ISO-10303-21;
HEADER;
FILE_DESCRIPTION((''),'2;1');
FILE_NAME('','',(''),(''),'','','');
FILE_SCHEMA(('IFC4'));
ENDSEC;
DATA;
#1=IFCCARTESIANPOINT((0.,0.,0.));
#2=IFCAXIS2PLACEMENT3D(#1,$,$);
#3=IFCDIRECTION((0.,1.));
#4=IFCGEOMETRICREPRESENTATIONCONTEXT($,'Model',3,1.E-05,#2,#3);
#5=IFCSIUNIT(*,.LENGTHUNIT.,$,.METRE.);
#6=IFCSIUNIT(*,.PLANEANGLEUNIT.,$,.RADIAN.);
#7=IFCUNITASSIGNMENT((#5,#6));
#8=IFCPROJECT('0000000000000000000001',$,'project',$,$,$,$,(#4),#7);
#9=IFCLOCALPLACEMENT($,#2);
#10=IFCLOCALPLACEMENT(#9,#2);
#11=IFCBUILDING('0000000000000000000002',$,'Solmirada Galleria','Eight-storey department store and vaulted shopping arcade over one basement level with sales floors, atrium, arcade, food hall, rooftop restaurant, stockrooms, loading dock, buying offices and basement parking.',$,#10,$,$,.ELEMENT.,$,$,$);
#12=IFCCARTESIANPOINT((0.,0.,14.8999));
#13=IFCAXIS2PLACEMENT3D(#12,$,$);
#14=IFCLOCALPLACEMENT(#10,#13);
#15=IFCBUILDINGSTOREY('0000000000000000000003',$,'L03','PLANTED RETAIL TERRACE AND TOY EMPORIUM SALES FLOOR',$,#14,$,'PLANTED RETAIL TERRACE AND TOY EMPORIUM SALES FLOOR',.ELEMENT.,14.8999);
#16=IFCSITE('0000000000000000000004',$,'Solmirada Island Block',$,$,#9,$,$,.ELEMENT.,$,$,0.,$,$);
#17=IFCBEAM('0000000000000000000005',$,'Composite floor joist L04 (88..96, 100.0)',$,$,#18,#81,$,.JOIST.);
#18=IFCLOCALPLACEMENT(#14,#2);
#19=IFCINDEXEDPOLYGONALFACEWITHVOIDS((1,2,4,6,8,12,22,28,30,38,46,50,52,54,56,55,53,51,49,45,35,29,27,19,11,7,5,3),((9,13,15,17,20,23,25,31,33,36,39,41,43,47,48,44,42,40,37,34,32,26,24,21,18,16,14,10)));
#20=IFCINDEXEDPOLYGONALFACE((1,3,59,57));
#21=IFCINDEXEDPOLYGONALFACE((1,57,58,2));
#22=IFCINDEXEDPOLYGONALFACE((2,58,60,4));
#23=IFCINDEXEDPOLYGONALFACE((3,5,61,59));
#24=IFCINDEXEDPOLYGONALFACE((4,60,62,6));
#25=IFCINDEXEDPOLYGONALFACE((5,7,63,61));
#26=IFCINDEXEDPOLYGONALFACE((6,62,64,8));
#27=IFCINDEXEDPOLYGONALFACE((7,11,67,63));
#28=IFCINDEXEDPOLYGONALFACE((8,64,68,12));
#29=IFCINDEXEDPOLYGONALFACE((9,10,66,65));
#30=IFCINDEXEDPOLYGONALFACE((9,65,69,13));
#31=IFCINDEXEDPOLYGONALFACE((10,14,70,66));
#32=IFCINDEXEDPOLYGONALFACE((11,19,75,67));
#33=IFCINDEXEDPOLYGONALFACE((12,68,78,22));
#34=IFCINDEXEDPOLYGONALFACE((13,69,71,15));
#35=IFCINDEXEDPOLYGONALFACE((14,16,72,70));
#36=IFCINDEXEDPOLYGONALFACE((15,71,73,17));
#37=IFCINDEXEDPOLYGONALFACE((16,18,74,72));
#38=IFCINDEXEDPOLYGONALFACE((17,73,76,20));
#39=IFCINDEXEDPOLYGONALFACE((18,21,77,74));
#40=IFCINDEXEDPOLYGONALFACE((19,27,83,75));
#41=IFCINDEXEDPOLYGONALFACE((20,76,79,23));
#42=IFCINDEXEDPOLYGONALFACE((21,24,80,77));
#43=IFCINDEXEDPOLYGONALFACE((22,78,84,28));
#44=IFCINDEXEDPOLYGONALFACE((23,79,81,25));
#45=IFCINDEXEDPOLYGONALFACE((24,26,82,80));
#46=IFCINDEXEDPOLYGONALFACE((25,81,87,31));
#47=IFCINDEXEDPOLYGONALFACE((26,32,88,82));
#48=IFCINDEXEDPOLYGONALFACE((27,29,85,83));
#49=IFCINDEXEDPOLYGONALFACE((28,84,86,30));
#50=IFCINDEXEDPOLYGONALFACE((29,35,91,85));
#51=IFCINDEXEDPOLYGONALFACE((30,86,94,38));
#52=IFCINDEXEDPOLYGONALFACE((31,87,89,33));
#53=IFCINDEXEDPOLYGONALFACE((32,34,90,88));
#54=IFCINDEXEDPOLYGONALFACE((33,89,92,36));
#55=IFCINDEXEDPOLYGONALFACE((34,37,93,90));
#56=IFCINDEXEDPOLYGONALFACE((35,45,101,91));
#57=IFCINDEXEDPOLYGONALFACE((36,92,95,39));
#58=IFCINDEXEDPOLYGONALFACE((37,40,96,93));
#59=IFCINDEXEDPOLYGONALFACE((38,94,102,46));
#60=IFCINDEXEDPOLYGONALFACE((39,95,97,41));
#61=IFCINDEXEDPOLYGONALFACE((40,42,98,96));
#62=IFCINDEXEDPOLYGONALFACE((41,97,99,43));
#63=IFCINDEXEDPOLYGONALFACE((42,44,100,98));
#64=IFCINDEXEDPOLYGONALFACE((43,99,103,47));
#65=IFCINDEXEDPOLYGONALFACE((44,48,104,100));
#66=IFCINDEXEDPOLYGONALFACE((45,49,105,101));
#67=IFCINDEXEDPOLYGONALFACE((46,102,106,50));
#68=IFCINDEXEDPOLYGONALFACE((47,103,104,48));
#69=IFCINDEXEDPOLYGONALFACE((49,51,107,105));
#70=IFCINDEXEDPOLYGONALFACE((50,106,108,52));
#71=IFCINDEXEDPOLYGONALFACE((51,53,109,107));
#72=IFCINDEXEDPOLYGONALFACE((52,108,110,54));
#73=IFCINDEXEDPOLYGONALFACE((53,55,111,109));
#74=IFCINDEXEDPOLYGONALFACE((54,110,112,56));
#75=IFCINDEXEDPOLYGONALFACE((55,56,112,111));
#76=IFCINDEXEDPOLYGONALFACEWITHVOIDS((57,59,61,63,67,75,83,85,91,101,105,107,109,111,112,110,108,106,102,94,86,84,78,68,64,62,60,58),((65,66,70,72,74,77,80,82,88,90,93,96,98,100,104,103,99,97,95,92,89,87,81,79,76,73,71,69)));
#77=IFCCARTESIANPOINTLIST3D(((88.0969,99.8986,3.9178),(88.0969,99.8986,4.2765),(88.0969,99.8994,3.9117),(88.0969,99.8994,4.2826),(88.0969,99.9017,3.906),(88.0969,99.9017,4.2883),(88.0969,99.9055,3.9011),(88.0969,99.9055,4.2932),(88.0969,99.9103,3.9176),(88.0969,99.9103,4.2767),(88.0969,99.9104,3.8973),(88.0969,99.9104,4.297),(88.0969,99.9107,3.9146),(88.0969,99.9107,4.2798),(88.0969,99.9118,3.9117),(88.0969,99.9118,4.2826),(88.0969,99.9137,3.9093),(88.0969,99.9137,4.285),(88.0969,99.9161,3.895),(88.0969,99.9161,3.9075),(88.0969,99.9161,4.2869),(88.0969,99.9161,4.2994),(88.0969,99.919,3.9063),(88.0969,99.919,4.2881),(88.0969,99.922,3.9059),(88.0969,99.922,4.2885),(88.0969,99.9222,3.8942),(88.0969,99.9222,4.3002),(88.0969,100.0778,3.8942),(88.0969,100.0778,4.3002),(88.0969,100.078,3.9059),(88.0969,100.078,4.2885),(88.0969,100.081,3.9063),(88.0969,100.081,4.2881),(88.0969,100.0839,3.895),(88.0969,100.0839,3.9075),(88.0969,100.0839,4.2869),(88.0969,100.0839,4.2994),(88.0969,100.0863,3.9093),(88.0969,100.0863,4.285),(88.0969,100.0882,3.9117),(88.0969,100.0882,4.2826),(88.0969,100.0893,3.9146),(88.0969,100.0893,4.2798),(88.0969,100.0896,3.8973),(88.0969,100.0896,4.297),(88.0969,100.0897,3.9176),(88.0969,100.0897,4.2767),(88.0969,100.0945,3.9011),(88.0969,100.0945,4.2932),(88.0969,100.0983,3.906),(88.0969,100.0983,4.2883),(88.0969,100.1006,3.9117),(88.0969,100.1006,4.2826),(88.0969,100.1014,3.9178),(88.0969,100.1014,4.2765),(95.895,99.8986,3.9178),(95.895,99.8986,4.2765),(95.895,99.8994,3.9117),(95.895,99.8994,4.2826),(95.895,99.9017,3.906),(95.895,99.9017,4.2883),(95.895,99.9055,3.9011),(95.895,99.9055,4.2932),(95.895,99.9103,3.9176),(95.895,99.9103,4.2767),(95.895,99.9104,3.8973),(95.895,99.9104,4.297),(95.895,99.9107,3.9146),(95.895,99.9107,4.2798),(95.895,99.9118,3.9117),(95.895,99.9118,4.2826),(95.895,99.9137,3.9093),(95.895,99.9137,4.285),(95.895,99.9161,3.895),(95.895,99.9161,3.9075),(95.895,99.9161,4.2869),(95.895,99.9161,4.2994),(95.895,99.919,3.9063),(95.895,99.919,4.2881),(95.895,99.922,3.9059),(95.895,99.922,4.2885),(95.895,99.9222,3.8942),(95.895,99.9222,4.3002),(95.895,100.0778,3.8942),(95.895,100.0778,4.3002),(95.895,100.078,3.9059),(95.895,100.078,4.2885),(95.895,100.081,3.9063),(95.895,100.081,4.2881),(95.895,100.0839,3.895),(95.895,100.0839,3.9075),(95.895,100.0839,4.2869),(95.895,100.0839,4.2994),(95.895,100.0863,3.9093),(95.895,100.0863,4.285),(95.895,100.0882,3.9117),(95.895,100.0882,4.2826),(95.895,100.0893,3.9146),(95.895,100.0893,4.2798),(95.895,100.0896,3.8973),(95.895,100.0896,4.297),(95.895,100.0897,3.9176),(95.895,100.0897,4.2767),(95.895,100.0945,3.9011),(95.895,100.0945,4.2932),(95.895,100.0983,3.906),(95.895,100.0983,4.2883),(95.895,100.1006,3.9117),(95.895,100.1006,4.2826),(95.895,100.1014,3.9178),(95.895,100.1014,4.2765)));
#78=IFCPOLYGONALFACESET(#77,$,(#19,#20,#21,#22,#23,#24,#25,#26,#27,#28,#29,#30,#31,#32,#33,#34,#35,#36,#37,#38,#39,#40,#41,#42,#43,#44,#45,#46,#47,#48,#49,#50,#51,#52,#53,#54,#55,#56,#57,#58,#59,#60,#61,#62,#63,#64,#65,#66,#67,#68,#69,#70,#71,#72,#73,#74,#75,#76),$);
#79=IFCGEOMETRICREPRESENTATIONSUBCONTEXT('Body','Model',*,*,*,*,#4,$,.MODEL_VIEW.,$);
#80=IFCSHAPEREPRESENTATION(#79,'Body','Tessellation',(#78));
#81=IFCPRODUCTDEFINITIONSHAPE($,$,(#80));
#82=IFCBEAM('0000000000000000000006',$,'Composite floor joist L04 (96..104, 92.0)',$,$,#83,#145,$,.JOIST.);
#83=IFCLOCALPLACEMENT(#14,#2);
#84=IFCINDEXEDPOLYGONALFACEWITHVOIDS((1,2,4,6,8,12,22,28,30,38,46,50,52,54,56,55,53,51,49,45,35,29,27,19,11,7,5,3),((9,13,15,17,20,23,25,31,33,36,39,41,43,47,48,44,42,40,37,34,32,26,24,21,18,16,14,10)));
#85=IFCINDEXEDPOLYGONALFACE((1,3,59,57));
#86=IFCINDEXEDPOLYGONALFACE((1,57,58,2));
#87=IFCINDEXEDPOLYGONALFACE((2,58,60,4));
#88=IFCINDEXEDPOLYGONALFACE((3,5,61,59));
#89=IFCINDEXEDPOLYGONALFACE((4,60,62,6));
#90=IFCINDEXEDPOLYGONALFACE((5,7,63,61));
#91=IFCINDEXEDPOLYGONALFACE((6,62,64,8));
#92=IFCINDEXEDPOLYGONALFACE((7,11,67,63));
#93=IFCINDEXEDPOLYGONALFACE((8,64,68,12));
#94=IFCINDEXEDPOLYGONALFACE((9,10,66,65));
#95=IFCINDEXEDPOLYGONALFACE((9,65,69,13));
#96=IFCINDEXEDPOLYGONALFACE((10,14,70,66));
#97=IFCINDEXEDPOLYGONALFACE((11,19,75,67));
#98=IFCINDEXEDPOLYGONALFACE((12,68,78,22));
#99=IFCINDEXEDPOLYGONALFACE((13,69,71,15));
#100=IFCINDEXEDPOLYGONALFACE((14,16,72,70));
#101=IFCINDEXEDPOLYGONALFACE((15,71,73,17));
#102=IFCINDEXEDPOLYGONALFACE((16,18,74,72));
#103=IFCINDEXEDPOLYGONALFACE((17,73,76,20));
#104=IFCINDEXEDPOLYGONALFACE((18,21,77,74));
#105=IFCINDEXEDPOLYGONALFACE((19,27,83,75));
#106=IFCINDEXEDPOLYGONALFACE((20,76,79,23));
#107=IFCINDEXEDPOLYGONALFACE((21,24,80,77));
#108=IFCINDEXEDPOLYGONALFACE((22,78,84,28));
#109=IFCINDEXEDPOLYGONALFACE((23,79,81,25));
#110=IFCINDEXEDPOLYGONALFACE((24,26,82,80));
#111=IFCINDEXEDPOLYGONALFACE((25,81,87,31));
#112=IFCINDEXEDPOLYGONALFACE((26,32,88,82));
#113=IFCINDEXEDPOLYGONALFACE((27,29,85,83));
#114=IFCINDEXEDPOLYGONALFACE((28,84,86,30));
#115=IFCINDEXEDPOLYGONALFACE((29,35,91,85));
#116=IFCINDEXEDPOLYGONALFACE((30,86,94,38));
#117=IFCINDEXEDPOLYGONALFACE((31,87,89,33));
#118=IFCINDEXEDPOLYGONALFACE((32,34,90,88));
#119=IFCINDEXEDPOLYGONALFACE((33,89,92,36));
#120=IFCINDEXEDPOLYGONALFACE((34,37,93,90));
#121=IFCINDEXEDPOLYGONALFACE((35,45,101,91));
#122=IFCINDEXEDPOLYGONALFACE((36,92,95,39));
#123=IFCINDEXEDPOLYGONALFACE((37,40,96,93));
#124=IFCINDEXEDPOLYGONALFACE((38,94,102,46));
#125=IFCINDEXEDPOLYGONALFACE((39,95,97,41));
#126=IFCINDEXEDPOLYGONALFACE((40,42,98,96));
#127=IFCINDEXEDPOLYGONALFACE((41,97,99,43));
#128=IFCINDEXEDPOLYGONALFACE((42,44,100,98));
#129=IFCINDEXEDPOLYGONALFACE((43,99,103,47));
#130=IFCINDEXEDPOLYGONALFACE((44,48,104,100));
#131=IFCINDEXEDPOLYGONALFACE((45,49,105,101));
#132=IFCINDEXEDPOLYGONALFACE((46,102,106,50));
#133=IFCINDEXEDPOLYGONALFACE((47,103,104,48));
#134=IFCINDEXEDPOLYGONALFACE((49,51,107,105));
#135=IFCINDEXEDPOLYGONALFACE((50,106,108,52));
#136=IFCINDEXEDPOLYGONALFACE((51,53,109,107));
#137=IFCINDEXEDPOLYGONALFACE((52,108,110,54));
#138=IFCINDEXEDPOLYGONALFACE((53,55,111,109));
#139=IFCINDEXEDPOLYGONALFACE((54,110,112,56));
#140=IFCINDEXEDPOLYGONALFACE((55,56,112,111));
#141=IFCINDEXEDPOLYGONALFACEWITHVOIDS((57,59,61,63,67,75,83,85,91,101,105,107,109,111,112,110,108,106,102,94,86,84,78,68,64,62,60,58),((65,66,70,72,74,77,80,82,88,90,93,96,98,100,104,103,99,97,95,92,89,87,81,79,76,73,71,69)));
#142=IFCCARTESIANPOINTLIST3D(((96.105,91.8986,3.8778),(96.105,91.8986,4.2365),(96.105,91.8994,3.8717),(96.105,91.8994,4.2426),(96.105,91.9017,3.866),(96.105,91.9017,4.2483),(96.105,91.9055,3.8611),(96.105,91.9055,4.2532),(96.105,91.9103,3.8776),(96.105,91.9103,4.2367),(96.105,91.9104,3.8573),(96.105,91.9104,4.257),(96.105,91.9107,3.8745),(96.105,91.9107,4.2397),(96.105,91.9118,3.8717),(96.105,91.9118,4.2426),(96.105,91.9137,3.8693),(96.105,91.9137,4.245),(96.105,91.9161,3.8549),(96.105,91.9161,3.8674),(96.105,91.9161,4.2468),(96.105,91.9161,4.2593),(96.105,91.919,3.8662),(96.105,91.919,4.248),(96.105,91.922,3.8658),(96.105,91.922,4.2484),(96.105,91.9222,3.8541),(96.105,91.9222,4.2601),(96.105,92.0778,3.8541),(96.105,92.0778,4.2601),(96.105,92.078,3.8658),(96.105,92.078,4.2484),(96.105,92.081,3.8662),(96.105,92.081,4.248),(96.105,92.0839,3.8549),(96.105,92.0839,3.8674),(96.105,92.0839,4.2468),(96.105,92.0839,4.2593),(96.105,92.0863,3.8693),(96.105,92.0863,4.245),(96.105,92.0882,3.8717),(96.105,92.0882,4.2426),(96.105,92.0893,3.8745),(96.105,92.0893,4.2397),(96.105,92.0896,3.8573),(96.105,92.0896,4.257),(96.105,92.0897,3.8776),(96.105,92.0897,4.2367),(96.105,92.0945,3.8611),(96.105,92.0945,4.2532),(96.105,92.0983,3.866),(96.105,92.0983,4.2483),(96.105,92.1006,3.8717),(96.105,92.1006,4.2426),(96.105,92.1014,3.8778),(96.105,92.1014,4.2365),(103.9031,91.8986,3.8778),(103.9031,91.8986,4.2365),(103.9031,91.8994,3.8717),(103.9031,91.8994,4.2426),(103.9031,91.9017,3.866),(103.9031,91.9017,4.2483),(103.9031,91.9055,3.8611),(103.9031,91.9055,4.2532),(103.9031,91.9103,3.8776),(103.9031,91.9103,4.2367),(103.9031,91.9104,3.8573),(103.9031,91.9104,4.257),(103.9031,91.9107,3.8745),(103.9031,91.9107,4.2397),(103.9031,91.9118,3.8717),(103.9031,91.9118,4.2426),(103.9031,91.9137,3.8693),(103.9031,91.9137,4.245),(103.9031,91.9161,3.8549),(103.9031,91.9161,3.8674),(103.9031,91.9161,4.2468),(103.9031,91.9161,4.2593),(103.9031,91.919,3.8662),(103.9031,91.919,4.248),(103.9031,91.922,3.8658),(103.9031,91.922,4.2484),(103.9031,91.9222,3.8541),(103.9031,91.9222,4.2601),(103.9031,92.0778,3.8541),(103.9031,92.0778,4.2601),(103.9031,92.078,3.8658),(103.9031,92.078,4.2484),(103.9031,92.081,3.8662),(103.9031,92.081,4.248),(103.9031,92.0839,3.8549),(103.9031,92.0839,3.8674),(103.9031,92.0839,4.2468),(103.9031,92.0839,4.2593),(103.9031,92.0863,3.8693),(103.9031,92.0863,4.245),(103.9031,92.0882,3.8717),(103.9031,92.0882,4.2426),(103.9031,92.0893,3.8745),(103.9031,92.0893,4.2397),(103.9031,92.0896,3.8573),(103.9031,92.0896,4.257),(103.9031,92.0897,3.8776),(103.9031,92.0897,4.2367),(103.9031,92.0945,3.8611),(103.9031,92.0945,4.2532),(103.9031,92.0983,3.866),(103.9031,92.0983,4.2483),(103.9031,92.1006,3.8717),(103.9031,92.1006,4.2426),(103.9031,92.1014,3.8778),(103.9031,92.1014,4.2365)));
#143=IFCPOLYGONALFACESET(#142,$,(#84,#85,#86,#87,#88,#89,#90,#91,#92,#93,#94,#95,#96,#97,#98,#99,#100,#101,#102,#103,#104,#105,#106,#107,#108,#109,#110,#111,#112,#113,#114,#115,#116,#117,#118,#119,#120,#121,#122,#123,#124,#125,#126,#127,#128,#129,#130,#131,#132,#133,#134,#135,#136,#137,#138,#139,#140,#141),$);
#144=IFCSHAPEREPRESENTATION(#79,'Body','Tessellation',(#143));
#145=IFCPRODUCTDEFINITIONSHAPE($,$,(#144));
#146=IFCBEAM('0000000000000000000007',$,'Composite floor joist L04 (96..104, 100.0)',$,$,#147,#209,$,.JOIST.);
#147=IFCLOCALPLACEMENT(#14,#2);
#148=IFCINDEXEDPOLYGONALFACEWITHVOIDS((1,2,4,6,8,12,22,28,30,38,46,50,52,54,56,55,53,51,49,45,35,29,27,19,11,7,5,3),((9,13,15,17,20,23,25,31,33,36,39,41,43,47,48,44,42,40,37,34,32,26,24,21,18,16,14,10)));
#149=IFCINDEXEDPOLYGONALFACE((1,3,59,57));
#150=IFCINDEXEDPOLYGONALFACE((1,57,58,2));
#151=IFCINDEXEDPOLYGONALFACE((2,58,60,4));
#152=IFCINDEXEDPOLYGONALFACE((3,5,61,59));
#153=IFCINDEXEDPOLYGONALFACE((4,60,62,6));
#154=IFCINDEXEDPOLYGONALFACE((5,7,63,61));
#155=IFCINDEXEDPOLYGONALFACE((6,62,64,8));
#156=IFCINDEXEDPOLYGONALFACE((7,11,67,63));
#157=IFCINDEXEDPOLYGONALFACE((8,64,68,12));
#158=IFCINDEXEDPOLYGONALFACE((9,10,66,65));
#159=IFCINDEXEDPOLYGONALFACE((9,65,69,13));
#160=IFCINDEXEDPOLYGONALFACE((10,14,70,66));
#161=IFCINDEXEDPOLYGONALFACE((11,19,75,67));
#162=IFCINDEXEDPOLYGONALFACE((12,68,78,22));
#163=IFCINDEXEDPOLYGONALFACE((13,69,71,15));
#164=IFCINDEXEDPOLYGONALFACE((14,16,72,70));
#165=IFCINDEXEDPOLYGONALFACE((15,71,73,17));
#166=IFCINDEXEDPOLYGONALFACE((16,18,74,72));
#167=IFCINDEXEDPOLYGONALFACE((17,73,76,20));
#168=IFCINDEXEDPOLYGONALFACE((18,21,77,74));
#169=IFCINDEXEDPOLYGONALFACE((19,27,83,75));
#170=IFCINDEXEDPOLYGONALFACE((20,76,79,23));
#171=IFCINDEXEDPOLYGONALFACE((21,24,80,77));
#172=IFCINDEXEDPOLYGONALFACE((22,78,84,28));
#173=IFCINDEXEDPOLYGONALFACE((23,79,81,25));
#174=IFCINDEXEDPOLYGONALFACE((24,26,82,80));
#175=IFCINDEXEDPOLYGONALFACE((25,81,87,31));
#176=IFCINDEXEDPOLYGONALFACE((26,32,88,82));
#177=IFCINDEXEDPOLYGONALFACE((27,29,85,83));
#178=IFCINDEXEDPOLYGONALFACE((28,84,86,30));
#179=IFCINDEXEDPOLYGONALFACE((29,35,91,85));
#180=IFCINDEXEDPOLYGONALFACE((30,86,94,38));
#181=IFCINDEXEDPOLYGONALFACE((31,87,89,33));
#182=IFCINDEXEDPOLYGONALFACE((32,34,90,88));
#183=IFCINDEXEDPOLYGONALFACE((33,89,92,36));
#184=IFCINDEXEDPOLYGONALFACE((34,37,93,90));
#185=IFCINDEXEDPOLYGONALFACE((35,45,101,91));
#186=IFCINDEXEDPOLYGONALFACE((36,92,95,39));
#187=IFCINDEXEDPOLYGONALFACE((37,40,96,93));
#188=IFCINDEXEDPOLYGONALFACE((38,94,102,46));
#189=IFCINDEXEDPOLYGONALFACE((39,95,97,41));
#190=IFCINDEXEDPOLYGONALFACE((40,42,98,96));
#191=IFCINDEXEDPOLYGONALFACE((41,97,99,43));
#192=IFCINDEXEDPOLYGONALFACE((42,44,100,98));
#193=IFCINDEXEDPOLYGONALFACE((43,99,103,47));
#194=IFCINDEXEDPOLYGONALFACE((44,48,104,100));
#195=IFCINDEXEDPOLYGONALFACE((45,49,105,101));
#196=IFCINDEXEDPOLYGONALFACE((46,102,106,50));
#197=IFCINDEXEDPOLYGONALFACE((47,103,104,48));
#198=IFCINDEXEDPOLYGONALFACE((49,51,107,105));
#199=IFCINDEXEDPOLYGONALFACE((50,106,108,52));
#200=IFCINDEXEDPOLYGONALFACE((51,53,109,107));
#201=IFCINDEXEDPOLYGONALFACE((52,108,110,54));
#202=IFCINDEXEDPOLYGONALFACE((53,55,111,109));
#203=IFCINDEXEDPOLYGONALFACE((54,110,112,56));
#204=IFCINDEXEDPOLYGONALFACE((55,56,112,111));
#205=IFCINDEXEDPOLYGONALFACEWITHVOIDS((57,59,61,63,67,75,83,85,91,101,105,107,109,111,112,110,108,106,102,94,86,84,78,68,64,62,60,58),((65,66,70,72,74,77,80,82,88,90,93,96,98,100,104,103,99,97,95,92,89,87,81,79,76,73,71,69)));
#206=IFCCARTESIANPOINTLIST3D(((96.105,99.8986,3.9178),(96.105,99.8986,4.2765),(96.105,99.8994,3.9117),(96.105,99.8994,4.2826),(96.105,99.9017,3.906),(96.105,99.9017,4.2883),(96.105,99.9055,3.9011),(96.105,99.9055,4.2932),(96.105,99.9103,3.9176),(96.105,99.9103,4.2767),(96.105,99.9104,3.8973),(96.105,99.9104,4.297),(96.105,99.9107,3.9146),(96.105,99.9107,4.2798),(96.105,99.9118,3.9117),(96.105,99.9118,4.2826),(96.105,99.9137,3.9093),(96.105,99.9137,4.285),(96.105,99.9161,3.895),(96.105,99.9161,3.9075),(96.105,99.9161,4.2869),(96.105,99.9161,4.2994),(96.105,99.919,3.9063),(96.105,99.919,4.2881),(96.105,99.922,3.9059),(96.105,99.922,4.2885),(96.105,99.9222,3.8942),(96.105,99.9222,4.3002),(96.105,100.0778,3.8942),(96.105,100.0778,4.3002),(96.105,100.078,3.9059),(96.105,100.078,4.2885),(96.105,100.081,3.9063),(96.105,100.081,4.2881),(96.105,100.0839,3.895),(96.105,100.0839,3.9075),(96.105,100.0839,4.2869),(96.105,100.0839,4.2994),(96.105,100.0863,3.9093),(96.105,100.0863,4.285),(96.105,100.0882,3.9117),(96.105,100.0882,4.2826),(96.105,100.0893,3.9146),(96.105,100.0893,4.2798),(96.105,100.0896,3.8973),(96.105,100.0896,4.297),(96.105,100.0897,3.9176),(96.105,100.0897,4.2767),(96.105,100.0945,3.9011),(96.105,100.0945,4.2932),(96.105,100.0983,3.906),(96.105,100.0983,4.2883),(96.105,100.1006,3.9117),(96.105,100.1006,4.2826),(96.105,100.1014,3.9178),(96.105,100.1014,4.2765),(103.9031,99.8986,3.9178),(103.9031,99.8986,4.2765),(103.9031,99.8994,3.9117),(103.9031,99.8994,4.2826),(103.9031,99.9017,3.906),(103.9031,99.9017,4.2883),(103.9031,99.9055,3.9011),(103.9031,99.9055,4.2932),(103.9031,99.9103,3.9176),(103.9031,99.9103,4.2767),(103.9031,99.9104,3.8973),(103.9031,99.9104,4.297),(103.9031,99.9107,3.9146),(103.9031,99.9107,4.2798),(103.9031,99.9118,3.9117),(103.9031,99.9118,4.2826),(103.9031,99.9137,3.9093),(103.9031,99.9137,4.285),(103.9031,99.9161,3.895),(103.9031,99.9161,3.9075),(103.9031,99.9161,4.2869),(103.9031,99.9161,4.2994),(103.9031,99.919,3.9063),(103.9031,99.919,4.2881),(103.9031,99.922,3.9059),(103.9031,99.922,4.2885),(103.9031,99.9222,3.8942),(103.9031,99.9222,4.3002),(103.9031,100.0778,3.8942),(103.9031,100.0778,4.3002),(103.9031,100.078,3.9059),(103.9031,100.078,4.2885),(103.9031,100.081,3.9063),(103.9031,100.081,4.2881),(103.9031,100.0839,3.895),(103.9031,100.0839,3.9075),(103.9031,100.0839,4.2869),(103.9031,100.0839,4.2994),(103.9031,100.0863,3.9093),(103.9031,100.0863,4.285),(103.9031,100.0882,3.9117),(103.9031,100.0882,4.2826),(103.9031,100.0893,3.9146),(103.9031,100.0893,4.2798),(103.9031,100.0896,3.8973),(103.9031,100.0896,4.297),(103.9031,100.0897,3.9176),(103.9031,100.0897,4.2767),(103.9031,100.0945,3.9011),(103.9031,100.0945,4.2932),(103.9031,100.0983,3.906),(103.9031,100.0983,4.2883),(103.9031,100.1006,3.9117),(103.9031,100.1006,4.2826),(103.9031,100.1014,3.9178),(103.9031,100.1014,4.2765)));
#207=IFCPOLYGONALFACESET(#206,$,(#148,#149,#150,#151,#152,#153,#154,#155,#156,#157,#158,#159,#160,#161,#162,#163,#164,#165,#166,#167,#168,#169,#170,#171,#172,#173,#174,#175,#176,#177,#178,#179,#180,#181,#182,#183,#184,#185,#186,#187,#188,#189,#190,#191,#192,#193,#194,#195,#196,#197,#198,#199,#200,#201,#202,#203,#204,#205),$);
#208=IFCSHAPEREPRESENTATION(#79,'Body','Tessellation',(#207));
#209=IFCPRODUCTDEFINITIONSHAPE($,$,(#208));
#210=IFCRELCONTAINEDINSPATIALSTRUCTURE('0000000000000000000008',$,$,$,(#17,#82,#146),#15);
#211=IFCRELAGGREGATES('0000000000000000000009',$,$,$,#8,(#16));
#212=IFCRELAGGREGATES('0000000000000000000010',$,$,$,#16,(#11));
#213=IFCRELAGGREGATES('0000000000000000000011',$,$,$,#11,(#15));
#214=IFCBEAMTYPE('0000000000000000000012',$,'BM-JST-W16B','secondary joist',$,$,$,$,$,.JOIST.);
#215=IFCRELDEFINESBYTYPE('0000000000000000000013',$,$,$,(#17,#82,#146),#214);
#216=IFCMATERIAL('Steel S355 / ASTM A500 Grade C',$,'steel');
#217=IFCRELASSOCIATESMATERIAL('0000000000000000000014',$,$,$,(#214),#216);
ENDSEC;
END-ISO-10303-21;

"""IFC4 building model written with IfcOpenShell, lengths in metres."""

from ifc_helpers import new_model, si_unit, direction, frame, origin, origin_2d, place, context, subcontext, project, spatial, hollow_rectangle, extrude, material, material_profile, profile_set, type_object, element, save


model = new_model("IFC4")

# Units and contexts
model_context = context("Model", 3, precision=1e-05, world=origin(), true_north=direction((0.0, 1.0)))
body_context = subcontext(model_context, "Body", "Model", "MODEL_VIEW")
ifc_project = project(units=[si_unit("LENGTHUNIT", "METRE"), si_unit("PLANEANGLEUNIT", "RADIAN")], contexts=[model_context])

# Site, building, storey
site_placement = place(None, origin())
site = spatial("IfcSite", under=ifc_project, at=site_placement, Name="Solmirada Island Block", CompositionType="ELEMENT", RefElevation=0.0)
building_placement = place(site_placement, origin())
building = spatial("IfcBuilding", under=site, at=building_placement, Name="Solmirada Galleria", Description="Eight-storey department store and vaulted shopping arcade over one basement level with sales floors, atrium, arcade, food hall, rooftop restaurant, stockrooms, loading dock, buying offices and basement parking.", CompositionType="ELEMENT")
storey_placement = place(building_placement, frame((0.0, 0.0, 14.8999)))
storey = spatial("IfcBuildingStorey", under=building, at=storey_placement, Name="L03", Description="PLANTED RETAIL TERRACE AND TOY EMPORIUM SALES FLOOR", LongName="PLANTED RETAIL TERRACE AND TOY EMPORIUM SALES FLOOR", CompositionType="ELEMENT", Elevation=14.8999)

# Shared definitions
ifc_material_1 = material(Name="Steel S355 / ASTM A500 Grade C", Category="steel")

# Beams
ifc_material_profile_1 = material_profile(ifc_material_1, hollow_rectangle(XDim=0.2029, YDim=0.406, WallThickness=0.0117, InnerFilletRadius=0.0117, OuterFilletRadius=0.0237, at=origin_2d()), Name="HSS16X8X1/2")
ifc_profile_set_1 = profile_set([ifc_material_profile_1], Name="Steel S355 / ASTM A500 Grade C")
beam_type_1 = type_object("IfcBeamType", Name="BM-JST-W16B", Description="secondary joist", PredefinedType="JOIST", material=ifc_profile_set_1)
for number, where, z_axis, x_axis, name in (
    (1, (88.0969, 100.0, 4.0972), (1.0, 0.0, 0.0), (0.0, 1.0, 0.0), "Composite floor joist L04 (88..96, 100.0)"),
    (2, (96.105, 92.0, 4.0571), (1.0, 0.0, 0.0), (0.0, 1.0, 0.0), "Composite floor joist L04 (96..104, 92.0)"),
    (3, (96.105, 100.0, 4.0972), (1.0, 0.0, 0.0), (0.0, 1.0, 0.0), "Composite floor joist L04 (96..104, 100.0)"),
):
    element("IfcBeam", number, at=place(storey_placement, frame(where, z_axis=z_axis, x_axis=x_axis)), inside=storey, type_object=beam_type_1, Name=name, PredefinedType="JOIST", context=body_context, shape_type="SweptSolid", body=[
        extrude(hollow_rectangle(XDim=0.2029, YDim=0.406, WallThickness=0.0117, InnerFilletRadius=0.0117, OuterFilletRadius=0.0237, at=origin_2d()), origin(), (0.0, 0.0, 1.0), 7.7981),
    ])

save(model, "model.ifc")
